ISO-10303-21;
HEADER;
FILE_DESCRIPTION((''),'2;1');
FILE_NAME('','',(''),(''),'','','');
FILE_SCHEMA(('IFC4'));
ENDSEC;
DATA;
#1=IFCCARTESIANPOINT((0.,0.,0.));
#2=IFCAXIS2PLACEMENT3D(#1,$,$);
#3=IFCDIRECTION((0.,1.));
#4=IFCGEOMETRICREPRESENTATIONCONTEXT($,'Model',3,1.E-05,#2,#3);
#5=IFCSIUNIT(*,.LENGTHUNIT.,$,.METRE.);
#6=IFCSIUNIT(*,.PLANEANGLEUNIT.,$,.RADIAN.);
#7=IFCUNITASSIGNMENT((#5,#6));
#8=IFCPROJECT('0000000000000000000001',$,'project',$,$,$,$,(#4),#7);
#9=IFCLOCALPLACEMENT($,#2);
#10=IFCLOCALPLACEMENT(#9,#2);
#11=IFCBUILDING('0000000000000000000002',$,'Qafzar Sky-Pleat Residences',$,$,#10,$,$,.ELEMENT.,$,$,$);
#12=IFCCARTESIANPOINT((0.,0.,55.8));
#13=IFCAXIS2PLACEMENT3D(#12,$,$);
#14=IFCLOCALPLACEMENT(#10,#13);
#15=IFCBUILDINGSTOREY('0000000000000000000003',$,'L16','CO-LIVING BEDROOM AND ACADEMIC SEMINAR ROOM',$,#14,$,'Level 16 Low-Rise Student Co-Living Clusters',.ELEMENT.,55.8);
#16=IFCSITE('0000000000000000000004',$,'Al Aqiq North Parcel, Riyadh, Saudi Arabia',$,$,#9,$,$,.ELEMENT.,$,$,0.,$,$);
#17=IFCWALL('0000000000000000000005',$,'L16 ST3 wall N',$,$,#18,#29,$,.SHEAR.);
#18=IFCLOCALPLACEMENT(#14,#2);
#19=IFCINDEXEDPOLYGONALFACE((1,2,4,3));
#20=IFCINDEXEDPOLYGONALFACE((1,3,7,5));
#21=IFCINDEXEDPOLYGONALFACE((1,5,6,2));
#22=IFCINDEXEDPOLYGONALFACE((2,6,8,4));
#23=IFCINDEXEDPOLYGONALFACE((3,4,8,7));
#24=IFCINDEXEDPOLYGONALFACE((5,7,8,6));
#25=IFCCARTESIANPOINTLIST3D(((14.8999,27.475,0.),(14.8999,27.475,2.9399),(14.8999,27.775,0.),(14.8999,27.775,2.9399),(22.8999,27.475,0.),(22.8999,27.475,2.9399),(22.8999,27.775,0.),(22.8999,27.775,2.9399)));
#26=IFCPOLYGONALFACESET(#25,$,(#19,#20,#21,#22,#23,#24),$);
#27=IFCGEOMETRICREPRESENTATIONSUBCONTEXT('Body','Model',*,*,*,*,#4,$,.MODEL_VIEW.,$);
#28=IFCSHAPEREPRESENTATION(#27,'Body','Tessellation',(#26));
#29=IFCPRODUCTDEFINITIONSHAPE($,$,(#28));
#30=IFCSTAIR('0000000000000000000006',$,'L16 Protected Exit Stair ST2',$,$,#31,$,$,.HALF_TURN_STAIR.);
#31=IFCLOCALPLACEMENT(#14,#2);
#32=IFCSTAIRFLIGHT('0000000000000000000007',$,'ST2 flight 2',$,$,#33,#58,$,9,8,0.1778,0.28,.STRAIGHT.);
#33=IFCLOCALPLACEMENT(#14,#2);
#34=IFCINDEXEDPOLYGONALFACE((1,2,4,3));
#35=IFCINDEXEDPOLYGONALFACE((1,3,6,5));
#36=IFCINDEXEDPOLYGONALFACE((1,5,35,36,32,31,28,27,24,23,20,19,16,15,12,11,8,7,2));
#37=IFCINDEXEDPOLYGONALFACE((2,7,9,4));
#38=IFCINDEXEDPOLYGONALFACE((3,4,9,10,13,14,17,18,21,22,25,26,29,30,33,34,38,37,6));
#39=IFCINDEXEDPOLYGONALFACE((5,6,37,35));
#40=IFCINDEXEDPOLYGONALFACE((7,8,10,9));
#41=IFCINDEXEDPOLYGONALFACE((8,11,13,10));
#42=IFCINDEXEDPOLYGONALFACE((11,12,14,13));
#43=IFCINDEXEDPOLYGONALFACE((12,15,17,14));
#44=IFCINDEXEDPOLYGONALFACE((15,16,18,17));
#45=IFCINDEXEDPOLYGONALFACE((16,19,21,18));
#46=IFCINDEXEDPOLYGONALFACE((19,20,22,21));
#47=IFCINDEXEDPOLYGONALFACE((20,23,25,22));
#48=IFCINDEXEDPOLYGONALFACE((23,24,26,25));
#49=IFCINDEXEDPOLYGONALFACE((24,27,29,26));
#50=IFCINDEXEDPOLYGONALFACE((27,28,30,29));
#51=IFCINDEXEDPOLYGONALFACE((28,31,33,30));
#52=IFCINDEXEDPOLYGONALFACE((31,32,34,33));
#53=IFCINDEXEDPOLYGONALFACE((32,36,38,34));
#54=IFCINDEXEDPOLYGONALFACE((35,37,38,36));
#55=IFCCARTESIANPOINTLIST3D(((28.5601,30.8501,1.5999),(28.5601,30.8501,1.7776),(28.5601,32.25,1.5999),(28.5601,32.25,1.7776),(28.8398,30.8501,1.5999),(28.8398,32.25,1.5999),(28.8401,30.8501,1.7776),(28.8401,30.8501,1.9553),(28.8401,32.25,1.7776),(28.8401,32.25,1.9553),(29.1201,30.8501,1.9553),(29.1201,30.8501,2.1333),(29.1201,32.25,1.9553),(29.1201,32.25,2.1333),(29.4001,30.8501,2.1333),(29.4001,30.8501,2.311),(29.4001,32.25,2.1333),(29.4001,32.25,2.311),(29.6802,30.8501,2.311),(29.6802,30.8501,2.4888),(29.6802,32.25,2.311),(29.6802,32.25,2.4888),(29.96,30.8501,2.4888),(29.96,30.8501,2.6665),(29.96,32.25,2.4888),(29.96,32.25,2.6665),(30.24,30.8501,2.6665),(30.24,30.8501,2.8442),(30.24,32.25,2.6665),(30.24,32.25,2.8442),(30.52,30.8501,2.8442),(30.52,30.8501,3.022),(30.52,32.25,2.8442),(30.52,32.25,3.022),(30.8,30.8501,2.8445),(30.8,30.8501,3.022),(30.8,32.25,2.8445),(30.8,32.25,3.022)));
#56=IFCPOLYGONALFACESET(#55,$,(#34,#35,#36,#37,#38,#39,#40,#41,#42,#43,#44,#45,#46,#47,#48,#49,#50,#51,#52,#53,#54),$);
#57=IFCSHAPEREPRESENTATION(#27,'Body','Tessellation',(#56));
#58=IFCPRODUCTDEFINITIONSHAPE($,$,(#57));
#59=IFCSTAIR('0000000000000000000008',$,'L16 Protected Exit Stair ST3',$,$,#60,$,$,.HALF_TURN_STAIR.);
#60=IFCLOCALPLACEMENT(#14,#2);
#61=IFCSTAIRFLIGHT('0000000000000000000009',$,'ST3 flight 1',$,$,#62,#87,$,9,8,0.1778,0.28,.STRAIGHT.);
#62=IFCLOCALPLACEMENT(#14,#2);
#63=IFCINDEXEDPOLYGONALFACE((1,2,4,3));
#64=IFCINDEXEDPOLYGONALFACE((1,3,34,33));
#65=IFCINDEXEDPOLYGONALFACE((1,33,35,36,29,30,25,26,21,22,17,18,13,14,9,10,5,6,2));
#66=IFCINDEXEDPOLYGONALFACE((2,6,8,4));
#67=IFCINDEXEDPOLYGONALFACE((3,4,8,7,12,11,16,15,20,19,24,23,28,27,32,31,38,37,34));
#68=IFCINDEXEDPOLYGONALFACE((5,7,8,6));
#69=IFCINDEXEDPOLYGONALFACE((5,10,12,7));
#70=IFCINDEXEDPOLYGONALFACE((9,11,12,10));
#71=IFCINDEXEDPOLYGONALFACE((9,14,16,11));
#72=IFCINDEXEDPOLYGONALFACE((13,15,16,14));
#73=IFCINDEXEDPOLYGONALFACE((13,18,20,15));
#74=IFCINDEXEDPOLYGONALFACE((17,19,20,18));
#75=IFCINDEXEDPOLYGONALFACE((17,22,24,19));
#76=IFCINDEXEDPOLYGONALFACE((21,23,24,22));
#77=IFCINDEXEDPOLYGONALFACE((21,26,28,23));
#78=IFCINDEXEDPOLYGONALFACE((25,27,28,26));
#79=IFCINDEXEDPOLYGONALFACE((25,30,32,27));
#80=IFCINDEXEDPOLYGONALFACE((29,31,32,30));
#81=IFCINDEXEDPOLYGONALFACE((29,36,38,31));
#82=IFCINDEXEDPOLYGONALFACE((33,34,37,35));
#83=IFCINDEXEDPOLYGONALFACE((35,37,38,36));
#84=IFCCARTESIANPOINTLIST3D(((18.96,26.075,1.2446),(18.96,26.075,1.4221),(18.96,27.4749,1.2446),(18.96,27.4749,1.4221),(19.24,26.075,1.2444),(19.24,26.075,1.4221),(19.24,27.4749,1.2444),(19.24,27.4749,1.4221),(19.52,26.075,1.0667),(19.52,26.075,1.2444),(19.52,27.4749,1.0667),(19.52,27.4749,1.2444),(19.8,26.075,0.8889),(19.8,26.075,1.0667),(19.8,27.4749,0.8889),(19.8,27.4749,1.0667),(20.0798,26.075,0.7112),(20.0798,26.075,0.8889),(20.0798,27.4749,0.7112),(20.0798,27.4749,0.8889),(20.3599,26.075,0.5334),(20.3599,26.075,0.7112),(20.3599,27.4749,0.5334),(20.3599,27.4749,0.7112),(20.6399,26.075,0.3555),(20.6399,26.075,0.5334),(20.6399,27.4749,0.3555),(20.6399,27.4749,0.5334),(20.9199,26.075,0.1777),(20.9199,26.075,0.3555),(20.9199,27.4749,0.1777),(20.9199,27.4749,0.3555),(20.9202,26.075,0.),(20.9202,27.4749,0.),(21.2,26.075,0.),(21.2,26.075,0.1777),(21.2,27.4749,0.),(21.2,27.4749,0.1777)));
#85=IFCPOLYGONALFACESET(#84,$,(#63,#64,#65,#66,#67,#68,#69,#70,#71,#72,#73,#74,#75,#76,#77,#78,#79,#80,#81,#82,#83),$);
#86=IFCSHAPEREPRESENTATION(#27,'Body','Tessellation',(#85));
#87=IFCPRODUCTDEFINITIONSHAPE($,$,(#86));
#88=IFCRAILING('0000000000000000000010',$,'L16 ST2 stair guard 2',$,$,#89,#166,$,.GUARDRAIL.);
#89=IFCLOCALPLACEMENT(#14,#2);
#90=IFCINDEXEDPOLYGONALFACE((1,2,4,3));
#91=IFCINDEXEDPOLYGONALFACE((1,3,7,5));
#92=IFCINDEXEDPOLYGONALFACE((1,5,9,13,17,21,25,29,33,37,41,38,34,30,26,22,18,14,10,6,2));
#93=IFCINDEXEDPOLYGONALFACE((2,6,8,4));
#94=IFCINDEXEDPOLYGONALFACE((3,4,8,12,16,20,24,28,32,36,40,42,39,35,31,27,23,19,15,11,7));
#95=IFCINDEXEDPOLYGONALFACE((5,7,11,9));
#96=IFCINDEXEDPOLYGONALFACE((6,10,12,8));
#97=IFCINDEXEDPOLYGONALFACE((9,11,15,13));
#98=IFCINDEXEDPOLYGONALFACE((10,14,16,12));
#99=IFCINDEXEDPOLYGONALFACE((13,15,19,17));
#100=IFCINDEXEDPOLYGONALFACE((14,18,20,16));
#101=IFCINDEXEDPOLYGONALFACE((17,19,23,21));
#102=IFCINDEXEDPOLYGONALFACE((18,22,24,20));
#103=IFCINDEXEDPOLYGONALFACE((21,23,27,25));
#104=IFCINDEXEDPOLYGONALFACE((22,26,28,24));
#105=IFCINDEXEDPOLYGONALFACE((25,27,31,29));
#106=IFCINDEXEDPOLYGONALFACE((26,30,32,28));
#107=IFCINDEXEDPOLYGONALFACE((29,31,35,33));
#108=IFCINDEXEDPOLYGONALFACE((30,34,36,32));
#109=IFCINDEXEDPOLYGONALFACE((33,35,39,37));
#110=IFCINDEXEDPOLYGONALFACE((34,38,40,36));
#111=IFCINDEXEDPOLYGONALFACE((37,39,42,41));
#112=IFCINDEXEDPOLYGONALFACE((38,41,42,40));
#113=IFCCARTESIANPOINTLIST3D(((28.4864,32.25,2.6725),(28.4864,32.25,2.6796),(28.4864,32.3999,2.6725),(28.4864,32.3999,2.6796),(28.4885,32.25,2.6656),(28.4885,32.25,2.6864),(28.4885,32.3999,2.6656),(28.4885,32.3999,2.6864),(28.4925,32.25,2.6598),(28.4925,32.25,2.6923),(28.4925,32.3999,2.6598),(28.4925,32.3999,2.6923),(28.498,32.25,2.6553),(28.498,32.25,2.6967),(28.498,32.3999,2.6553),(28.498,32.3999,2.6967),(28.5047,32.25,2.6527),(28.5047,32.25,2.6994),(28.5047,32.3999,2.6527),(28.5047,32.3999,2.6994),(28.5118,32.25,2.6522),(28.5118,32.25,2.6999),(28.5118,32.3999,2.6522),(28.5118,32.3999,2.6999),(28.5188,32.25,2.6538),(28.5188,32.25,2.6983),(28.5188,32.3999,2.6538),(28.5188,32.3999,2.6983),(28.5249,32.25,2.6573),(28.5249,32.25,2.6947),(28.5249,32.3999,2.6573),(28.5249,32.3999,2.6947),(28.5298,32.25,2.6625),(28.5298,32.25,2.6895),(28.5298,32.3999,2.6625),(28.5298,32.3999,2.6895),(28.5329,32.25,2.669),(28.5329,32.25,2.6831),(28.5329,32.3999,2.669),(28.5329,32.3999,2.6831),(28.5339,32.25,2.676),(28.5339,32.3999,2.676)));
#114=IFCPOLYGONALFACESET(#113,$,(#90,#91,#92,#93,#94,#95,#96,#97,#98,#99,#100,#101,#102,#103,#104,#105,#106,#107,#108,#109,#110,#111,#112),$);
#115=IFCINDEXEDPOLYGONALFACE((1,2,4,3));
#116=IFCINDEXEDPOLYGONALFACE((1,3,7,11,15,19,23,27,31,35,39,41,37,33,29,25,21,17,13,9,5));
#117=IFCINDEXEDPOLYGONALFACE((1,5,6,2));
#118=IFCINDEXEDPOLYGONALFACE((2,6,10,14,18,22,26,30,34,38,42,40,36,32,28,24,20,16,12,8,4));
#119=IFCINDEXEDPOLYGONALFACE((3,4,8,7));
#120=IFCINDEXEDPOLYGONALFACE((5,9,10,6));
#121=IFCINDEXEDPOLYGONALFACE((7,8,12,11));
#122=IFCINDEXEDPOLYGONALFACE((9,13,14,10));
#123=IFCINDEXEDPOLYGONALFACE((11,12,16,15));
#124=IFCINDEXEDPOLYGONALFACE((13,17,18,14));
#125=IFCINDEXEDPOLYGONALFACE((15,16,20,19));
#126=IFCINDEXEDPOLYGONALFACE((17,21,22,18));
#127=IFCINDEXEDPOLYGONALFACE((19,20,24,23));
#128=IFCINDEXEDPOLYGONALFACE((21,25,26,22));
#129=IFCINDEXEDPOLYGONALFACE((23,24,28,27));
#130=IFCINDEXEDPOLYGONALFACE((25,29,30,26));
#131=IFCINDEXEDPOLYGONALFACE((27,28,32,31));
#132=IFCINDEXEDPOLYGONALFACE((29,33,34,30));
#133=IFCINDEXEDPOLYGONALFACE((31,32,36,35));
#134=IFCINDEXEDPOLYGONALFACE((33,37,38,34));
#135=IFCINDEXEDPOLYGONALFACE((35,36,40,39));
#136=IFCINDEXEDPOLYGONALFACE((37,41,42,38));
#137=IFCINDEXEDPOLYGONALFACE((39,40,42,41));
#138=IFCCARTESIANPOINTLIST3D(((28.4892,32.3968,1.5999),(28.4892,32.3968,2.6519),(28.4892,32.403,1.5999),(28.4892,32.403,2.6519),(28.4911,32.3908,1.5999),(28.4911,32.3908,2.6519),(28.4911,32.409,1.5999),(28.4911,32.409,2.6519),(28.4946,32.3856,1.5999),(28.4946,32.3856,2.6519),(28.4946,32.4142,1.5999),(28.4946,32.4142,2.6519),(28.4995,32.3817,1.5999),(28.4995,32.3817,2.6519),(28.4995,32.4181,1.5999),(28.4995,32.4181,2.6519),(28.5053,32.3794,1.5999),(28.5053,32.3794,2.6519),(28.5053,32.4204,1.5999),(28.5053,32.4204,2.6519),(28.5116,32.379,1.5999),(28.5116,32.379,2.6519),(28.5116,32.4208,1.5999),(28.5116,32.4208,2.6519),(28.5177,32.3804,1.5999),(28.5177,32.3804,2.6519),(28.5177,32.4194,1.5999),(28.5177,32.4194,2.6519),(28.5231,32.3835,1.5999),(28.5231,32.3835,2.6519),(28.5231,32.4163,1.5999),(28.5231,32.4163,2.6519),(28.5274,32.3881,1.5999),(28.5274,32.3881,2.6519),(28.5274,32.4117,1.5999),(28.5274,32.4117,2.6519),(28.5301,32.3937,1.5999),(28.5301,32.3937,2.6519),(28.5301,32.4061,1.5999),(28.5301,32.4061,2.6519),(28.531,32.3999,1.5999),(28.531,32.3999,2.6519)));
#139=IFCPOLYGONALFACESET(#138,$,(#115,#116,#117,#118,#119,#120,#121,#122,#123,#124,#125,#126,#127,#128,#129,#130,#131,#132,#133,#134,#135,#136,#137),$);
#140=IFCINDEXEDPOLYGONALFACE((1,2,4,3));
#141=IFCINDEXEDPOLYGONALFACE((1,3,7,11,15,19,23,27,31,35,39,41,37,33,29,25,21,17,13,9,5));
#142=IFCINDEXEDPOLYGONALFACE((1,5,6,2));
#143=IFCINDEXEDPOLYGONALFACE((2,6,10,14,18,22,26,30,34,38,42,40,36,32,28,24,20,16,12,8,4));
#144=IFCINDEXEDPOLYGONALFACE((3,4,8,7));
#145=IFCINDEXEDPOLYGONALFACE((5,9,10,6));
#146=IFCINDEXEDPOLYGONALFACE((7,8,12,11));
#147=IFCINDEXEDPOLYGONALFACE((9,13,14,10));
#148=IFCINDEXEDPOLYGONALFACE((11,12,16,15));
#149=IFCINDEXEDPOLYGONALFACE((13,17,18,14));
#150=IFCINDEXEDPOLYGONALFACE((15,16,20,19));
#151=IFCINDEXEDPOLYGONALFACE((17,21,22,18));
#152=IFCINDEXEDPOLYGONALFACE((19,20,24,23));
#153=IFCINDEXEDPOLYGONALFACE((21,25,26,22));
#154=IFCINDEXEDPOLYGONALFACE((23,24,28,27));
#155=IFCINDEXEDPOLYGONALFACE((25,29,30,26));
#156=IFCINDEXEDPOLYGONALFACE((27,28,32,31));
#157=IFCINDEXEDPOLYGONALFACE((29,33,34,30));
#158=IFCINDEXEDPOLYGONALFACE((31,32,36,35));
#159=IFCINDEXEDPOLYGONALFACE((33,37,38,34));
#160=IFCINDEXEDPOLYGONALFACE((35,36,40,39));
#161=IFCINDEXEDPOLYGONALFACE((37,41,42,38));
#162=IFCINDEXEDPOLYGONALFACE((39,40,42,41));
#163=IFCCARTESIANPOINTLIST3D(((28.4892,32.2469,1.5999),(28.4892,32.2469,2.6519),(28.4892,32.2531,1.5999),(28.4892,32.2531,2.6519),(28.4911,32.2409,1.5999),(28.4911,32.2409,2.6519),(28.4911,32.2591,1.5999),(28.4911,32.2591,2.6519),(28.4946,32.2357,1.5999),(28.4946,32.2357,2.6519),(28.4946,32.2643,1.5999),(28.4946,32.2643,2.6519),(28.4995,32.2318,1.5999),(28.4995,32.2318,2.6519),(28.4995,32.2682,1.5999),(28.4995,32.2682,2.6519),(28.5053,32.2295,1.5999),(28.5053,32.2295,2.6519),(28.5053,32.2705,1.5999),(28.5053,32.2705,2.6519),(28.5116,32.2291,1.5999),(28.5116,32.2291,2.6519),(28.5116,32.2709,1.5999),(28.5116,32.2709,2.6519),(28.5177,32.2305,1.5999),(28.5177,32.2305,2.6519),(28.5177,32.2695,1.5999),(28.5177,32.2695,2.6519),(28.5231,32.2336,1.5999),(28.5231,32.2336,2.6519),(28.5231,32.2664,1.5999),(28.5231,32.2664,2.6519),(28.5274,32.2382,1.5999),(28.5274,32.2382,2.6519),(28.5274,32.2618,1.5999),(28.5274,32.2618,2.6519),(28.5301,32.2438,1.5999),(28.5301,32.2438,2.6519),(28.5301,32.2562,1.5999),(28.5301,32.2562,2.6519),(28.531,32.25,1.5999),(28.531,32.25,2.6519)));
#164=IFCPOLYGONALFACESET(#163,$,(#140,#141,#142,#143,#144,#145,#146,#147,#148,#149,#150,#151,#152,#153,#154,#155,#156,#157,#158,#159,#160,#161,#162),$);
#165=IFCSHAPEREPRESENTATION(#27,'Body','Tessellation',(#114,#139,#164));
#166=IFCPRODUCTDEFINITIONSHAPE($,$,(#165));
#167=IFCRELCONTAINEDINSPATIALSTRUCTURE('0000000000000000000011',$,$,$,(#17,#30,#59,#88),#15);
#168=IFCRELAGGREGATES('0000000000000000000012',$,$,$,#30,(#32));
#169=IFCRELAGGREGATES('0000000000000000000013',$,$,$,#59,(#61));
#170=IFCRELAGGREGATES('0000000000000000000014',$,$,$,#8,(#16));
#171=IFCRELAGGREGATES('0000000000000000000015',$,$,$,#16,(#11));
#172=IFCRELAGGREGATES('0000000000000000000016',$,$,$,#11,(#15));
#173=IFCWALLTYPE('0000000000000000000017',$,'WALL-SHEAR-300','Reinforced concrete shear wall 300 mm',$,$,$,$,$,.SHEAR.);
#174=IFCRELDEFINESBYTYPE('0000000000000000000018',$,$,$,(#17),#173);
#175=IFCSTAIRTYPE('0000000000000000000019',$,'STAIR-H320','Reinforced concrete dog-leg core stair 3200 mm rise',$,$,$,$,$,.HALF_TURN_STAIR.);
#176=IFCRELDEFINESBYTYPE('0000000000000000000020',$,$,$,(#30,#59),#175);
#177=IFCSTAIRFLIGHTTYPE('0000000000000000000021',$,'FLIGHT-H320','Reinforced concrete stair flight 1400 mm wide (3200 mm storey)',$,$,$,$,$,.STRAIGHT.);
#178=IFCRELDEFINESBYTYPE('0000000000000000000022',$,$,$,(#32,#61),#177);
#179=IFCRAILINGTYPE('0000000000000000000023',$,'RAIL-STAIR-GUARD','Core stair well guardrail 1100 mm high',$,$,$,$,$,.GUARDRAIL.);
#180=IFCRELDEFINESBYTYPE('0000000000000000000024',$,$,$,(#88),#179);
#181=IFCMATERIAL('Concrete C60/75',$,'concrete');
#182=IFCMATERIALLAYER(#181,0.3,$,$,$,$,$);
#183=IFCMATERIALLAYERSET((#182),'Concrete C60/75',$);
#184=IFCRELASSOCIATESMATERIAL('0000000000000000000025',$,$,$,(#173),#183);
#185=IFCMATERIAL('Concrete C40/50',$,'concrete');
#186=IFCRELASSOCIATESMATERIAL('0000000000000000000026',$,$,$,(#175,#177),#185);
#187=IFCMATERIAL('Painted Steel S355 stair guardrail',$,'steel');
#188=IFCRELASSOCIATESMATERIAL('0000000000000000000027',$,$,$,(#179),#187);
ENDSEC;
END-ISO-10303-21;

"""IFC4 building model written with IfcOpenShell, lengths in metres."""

from ifc_helpers import new_model, si_unit, direction, frame, frame_2d, origin, origin_2d, place, context, subcontext, project, spatial, polyline, rectangle, circle, outline, extrude, source, transform, mapped, material, layer, layer_set, type_object, element, aggregate, save


model = new_model("IFC4")

# Units and contexts
model_context = context("Model", 3, precision=1e-05, world=origin(), true_north=direction((0.0, 1.0)))
body_context = subcontext(model_context, "Body", "Model", "MODEL_VIEW")
ifc_project = project(units=[si_unit("LENGTHUNIT", "METRE"), si_unit("PLANEANGLEUNIT", "RADIAN")], contexts=[model_context])

# Site, building, storey
site_placement = place(None, origin())
site = spatial("IfcSite", under=ifc_project, at=site_placement, Name="Al Aqiq North Parcel, Riyadh, Saudi Arabia", CompositionType="ELEMENT", RefElevation=0.0)
building_placement = place(site_placement, origin())
building = spatial("IfcBuilding", under=site, at=building_placement, Name="Qafzar Sky-Pleat Residences", CompositionType="ELEMENT")
storey_placement = place(building_placement, frame((0.0, 0.0, 55.8)))
storey = spatial("IfcBuildingStorey", under=building, at=storey_placement, Name="L16", Description="CO-LIVING BEDROOM AND ACADEMIC SEMINAR ROOM", LongName="Level 16 Low-Rise Student Co-Living Clusters", CompositionType="ELEMENT", Elevation=55.8)

# Shared definitions
ifc_material_1 = material(Name="Concrete C60/75", Category="concrete")
ifc_layer_1 = layer(ifc_material_1, 0.3)
ifc_layer_set_1 = layer_set([ifc_layer_1], Name="Concrete C60/75")
wall_type_1 = type_object("IfcWallType", Name="WALL-SHEAR-300", Description="Reinforced concrete shear wall 300 mm", PredefinedType="SHEAR", material=ifc_layer_set_1)

# Wall
wall_1_placement = place(storey_placement, frame((22.8999, 27.625, 0.0), z_axis=(0.0, 0.0, 1.0), x_axis=(-1.0, 0.0, 0.0)))
element("IfcWall", 1, at=wall_1_placement, inside=storey, type_object=wall_type_1, Name="L16 ST3 wall N", PredefinedType="SHEAR", context=body_context, shape_type="SweptSolid", body=[
    extrude(rectangle(XDim=8.0, YDim=0.3, at=frame_2d((4.0, 0.0))), origin(), (0.0, 0.0, 1.0), 2.9399),
])

# Stairs, stair flights
ifc_material_2 = material(Name="Concrete C40/50", Category="concrete")
stair_type = type_object("IfcStairType", Name="STAIR-H320", Description="Reinforced concrete dog-leg core stair 3200 mm rise", PredefinedType="HALF_TURN_STAIR", material=ifc_material_2)
stair_1_placement = place(storey_placement, origin())
stair_1 = element("IfcStair", 2, at=stair_1_placement, inside=storey, type_object=stair_type, Name="L16 Protected Exit Stair ST2", PredefinedType="HALF_TURN_STAIR")
stair_flight_type = type_object("IfcStairFlightType", Name="FLIGHT-H320", Description="Reinforced concrete stair flight 1400 mm wide (3200 mm storey)", PredefinedType="STRAIGHT", material=ifc_material_2)
shared_shape_1 = source(origin(), body_context, "Body", "SweptSolid", [
    extrude(outline(polyline([(0.0, 0.0), (0.0, 0.1777), (0.28, 0.1777), (0.28, 0.3555), (0.5601, 0.3555), (0.5601, 0.5334), (0.8401, 0.5334), (0.8401, 0.7112), (1.1201, 0.7112), (1.1201, 0.8889), (1.3999, 0.8889), (1.3999, 1.0667), (1.6799, 1.0667), (1.6799, 1.2444), (1.96, 1.2444), (1.96, 1.4221), (2.24, 1.4221), (2.24, 1.6001), (2.24, 1.2446), (0.2798, 0.0), (0.0, 0.0)])), frame((0.0, 0.7, 0.0), z_axis=(0.0, -1.0, 0.0), x_axis=(1.0, 0.0, 0.0)), (0.0, 0.0, 1.0), 1.3999),
])
stair_flight_1_placement = place(storey_placement, frame((28.5601, 31.55, 1.5999), z_axis=(0.0, 0.0, 1.0), x_axis=(1.0, 0.0, 0.0)))
stair_flight_1 = element("IfcStairFlight", 3, at=stair_flight_1_placement, type_object=stair_flight_type, Name="ST2 flight 2", NumberOfRisers=9, NumberOfTreads=8, PredefinedType="STRAIGHT", RiserHeight=0.1778, TreadLength=0.28, context=body_context, shape_type="MappedRepresentation", body=[
    mapped(shared_shape_1, transform((0.0, 0.0, 0.0), x_axis=(1.0, 0.0, 0.0), y_axis=(0.0, 1.0, 0.0), z_axis=(0.0, 0.0, 1.0), scale=1.0)),
])
aggregate(stair_1, [stair_flight_1])
stair_2_placement = place(storey_placement, origin())
stair_2 = element("IfcStair", 4, at=stair_2_placement, inside=storey, type_object=stair_type, Name="L16 Protected Exit Stair ST3", PredefinedType="HALF_TURN_STAIR")
stair_flight_2_placement = place(storey_placement, frame((21.2, 26.7749, 0.0), z_axis=(0.0, 0.0, 1.0), x_axis=(-1.0, 0.0, 0.0)))
stair_flight_2 = element("IfcStairFlight", 5, at=stair_flight_2_placement, type_object=stair_flight_type, Name="ST3 flight 1", NumberOfRisers=9, NumberOfTreads=8, PredefinedType="STRAIGHT", RiserHeight=0.1778, TreadLength=0.28, context=body_context, shape_type="MappedRepresentation", body=[
    mapped(shared_shape_1, transform((0.0, 0.0, 0.0), x_axis=(1.0, 0.0, 0.0), y_axis=(0.0, 1.0, 0.0), z_axis=(0.0, 0.0, 1.0), scale=1.0)),
])
aggregate(stair_2, [stair_flight_2])

# Railing
ifc_material_3 = material(Name="Painted Steel S355 stair guardrail", Category="steel")
railing_type_1 = type_object("IfcRailingType", Name="RAIL-STAIR-GUARD", Description="Core stair well guardrail 1100 mm high", PredefinedType="GUARDRAIL", material=ifc_material_3)
shared_shape_2 = source(origin(), body_context, "Body", "SweptSolid", [
    extrude(circle(Radius=0.0239, at=origin_2d()), frame((0.0, 0.0, 1.0762), z_axis=(0.0, -1.0, 0.0), x_axis=(1.0, 0.0, 0.0)), (0.0, 0.0, 1.0), 0.1499),
    extrude(circle(Radius=0.021, at=origin_2d()), origin(), (0.0, 0.0, 1.0), 1.052),
    extrude(circle(Radius=0.021, at=origin_2d()), frame((0.0, -0.1499, 0.0)), (0.0, 0.0, 1.0), 1.052),
])
for number, where, name in (
    (6, (28.51, 32.3999, 1.5999), "L16 ST2 stair guard 2"),
):
    element("IfcRailing", number, at=place(storey_placement, frame(where)), inside=storey, type_object=railing_type_1, Name=name, PredefinedType="GUARDRAIL", context=body_context, shape_type="MappedRepresentation", body=[
        mapped(shared_shape_2, transform((0.0, 0.0, 0.0), x_axis=(1.0, 0.0, 0.0), y_axis=(0.0, 1.0, 0.0), z_axis=(0.0, 0.0, 1.0), scale=1.0)),
    ])

save(model, "model.ifc")
